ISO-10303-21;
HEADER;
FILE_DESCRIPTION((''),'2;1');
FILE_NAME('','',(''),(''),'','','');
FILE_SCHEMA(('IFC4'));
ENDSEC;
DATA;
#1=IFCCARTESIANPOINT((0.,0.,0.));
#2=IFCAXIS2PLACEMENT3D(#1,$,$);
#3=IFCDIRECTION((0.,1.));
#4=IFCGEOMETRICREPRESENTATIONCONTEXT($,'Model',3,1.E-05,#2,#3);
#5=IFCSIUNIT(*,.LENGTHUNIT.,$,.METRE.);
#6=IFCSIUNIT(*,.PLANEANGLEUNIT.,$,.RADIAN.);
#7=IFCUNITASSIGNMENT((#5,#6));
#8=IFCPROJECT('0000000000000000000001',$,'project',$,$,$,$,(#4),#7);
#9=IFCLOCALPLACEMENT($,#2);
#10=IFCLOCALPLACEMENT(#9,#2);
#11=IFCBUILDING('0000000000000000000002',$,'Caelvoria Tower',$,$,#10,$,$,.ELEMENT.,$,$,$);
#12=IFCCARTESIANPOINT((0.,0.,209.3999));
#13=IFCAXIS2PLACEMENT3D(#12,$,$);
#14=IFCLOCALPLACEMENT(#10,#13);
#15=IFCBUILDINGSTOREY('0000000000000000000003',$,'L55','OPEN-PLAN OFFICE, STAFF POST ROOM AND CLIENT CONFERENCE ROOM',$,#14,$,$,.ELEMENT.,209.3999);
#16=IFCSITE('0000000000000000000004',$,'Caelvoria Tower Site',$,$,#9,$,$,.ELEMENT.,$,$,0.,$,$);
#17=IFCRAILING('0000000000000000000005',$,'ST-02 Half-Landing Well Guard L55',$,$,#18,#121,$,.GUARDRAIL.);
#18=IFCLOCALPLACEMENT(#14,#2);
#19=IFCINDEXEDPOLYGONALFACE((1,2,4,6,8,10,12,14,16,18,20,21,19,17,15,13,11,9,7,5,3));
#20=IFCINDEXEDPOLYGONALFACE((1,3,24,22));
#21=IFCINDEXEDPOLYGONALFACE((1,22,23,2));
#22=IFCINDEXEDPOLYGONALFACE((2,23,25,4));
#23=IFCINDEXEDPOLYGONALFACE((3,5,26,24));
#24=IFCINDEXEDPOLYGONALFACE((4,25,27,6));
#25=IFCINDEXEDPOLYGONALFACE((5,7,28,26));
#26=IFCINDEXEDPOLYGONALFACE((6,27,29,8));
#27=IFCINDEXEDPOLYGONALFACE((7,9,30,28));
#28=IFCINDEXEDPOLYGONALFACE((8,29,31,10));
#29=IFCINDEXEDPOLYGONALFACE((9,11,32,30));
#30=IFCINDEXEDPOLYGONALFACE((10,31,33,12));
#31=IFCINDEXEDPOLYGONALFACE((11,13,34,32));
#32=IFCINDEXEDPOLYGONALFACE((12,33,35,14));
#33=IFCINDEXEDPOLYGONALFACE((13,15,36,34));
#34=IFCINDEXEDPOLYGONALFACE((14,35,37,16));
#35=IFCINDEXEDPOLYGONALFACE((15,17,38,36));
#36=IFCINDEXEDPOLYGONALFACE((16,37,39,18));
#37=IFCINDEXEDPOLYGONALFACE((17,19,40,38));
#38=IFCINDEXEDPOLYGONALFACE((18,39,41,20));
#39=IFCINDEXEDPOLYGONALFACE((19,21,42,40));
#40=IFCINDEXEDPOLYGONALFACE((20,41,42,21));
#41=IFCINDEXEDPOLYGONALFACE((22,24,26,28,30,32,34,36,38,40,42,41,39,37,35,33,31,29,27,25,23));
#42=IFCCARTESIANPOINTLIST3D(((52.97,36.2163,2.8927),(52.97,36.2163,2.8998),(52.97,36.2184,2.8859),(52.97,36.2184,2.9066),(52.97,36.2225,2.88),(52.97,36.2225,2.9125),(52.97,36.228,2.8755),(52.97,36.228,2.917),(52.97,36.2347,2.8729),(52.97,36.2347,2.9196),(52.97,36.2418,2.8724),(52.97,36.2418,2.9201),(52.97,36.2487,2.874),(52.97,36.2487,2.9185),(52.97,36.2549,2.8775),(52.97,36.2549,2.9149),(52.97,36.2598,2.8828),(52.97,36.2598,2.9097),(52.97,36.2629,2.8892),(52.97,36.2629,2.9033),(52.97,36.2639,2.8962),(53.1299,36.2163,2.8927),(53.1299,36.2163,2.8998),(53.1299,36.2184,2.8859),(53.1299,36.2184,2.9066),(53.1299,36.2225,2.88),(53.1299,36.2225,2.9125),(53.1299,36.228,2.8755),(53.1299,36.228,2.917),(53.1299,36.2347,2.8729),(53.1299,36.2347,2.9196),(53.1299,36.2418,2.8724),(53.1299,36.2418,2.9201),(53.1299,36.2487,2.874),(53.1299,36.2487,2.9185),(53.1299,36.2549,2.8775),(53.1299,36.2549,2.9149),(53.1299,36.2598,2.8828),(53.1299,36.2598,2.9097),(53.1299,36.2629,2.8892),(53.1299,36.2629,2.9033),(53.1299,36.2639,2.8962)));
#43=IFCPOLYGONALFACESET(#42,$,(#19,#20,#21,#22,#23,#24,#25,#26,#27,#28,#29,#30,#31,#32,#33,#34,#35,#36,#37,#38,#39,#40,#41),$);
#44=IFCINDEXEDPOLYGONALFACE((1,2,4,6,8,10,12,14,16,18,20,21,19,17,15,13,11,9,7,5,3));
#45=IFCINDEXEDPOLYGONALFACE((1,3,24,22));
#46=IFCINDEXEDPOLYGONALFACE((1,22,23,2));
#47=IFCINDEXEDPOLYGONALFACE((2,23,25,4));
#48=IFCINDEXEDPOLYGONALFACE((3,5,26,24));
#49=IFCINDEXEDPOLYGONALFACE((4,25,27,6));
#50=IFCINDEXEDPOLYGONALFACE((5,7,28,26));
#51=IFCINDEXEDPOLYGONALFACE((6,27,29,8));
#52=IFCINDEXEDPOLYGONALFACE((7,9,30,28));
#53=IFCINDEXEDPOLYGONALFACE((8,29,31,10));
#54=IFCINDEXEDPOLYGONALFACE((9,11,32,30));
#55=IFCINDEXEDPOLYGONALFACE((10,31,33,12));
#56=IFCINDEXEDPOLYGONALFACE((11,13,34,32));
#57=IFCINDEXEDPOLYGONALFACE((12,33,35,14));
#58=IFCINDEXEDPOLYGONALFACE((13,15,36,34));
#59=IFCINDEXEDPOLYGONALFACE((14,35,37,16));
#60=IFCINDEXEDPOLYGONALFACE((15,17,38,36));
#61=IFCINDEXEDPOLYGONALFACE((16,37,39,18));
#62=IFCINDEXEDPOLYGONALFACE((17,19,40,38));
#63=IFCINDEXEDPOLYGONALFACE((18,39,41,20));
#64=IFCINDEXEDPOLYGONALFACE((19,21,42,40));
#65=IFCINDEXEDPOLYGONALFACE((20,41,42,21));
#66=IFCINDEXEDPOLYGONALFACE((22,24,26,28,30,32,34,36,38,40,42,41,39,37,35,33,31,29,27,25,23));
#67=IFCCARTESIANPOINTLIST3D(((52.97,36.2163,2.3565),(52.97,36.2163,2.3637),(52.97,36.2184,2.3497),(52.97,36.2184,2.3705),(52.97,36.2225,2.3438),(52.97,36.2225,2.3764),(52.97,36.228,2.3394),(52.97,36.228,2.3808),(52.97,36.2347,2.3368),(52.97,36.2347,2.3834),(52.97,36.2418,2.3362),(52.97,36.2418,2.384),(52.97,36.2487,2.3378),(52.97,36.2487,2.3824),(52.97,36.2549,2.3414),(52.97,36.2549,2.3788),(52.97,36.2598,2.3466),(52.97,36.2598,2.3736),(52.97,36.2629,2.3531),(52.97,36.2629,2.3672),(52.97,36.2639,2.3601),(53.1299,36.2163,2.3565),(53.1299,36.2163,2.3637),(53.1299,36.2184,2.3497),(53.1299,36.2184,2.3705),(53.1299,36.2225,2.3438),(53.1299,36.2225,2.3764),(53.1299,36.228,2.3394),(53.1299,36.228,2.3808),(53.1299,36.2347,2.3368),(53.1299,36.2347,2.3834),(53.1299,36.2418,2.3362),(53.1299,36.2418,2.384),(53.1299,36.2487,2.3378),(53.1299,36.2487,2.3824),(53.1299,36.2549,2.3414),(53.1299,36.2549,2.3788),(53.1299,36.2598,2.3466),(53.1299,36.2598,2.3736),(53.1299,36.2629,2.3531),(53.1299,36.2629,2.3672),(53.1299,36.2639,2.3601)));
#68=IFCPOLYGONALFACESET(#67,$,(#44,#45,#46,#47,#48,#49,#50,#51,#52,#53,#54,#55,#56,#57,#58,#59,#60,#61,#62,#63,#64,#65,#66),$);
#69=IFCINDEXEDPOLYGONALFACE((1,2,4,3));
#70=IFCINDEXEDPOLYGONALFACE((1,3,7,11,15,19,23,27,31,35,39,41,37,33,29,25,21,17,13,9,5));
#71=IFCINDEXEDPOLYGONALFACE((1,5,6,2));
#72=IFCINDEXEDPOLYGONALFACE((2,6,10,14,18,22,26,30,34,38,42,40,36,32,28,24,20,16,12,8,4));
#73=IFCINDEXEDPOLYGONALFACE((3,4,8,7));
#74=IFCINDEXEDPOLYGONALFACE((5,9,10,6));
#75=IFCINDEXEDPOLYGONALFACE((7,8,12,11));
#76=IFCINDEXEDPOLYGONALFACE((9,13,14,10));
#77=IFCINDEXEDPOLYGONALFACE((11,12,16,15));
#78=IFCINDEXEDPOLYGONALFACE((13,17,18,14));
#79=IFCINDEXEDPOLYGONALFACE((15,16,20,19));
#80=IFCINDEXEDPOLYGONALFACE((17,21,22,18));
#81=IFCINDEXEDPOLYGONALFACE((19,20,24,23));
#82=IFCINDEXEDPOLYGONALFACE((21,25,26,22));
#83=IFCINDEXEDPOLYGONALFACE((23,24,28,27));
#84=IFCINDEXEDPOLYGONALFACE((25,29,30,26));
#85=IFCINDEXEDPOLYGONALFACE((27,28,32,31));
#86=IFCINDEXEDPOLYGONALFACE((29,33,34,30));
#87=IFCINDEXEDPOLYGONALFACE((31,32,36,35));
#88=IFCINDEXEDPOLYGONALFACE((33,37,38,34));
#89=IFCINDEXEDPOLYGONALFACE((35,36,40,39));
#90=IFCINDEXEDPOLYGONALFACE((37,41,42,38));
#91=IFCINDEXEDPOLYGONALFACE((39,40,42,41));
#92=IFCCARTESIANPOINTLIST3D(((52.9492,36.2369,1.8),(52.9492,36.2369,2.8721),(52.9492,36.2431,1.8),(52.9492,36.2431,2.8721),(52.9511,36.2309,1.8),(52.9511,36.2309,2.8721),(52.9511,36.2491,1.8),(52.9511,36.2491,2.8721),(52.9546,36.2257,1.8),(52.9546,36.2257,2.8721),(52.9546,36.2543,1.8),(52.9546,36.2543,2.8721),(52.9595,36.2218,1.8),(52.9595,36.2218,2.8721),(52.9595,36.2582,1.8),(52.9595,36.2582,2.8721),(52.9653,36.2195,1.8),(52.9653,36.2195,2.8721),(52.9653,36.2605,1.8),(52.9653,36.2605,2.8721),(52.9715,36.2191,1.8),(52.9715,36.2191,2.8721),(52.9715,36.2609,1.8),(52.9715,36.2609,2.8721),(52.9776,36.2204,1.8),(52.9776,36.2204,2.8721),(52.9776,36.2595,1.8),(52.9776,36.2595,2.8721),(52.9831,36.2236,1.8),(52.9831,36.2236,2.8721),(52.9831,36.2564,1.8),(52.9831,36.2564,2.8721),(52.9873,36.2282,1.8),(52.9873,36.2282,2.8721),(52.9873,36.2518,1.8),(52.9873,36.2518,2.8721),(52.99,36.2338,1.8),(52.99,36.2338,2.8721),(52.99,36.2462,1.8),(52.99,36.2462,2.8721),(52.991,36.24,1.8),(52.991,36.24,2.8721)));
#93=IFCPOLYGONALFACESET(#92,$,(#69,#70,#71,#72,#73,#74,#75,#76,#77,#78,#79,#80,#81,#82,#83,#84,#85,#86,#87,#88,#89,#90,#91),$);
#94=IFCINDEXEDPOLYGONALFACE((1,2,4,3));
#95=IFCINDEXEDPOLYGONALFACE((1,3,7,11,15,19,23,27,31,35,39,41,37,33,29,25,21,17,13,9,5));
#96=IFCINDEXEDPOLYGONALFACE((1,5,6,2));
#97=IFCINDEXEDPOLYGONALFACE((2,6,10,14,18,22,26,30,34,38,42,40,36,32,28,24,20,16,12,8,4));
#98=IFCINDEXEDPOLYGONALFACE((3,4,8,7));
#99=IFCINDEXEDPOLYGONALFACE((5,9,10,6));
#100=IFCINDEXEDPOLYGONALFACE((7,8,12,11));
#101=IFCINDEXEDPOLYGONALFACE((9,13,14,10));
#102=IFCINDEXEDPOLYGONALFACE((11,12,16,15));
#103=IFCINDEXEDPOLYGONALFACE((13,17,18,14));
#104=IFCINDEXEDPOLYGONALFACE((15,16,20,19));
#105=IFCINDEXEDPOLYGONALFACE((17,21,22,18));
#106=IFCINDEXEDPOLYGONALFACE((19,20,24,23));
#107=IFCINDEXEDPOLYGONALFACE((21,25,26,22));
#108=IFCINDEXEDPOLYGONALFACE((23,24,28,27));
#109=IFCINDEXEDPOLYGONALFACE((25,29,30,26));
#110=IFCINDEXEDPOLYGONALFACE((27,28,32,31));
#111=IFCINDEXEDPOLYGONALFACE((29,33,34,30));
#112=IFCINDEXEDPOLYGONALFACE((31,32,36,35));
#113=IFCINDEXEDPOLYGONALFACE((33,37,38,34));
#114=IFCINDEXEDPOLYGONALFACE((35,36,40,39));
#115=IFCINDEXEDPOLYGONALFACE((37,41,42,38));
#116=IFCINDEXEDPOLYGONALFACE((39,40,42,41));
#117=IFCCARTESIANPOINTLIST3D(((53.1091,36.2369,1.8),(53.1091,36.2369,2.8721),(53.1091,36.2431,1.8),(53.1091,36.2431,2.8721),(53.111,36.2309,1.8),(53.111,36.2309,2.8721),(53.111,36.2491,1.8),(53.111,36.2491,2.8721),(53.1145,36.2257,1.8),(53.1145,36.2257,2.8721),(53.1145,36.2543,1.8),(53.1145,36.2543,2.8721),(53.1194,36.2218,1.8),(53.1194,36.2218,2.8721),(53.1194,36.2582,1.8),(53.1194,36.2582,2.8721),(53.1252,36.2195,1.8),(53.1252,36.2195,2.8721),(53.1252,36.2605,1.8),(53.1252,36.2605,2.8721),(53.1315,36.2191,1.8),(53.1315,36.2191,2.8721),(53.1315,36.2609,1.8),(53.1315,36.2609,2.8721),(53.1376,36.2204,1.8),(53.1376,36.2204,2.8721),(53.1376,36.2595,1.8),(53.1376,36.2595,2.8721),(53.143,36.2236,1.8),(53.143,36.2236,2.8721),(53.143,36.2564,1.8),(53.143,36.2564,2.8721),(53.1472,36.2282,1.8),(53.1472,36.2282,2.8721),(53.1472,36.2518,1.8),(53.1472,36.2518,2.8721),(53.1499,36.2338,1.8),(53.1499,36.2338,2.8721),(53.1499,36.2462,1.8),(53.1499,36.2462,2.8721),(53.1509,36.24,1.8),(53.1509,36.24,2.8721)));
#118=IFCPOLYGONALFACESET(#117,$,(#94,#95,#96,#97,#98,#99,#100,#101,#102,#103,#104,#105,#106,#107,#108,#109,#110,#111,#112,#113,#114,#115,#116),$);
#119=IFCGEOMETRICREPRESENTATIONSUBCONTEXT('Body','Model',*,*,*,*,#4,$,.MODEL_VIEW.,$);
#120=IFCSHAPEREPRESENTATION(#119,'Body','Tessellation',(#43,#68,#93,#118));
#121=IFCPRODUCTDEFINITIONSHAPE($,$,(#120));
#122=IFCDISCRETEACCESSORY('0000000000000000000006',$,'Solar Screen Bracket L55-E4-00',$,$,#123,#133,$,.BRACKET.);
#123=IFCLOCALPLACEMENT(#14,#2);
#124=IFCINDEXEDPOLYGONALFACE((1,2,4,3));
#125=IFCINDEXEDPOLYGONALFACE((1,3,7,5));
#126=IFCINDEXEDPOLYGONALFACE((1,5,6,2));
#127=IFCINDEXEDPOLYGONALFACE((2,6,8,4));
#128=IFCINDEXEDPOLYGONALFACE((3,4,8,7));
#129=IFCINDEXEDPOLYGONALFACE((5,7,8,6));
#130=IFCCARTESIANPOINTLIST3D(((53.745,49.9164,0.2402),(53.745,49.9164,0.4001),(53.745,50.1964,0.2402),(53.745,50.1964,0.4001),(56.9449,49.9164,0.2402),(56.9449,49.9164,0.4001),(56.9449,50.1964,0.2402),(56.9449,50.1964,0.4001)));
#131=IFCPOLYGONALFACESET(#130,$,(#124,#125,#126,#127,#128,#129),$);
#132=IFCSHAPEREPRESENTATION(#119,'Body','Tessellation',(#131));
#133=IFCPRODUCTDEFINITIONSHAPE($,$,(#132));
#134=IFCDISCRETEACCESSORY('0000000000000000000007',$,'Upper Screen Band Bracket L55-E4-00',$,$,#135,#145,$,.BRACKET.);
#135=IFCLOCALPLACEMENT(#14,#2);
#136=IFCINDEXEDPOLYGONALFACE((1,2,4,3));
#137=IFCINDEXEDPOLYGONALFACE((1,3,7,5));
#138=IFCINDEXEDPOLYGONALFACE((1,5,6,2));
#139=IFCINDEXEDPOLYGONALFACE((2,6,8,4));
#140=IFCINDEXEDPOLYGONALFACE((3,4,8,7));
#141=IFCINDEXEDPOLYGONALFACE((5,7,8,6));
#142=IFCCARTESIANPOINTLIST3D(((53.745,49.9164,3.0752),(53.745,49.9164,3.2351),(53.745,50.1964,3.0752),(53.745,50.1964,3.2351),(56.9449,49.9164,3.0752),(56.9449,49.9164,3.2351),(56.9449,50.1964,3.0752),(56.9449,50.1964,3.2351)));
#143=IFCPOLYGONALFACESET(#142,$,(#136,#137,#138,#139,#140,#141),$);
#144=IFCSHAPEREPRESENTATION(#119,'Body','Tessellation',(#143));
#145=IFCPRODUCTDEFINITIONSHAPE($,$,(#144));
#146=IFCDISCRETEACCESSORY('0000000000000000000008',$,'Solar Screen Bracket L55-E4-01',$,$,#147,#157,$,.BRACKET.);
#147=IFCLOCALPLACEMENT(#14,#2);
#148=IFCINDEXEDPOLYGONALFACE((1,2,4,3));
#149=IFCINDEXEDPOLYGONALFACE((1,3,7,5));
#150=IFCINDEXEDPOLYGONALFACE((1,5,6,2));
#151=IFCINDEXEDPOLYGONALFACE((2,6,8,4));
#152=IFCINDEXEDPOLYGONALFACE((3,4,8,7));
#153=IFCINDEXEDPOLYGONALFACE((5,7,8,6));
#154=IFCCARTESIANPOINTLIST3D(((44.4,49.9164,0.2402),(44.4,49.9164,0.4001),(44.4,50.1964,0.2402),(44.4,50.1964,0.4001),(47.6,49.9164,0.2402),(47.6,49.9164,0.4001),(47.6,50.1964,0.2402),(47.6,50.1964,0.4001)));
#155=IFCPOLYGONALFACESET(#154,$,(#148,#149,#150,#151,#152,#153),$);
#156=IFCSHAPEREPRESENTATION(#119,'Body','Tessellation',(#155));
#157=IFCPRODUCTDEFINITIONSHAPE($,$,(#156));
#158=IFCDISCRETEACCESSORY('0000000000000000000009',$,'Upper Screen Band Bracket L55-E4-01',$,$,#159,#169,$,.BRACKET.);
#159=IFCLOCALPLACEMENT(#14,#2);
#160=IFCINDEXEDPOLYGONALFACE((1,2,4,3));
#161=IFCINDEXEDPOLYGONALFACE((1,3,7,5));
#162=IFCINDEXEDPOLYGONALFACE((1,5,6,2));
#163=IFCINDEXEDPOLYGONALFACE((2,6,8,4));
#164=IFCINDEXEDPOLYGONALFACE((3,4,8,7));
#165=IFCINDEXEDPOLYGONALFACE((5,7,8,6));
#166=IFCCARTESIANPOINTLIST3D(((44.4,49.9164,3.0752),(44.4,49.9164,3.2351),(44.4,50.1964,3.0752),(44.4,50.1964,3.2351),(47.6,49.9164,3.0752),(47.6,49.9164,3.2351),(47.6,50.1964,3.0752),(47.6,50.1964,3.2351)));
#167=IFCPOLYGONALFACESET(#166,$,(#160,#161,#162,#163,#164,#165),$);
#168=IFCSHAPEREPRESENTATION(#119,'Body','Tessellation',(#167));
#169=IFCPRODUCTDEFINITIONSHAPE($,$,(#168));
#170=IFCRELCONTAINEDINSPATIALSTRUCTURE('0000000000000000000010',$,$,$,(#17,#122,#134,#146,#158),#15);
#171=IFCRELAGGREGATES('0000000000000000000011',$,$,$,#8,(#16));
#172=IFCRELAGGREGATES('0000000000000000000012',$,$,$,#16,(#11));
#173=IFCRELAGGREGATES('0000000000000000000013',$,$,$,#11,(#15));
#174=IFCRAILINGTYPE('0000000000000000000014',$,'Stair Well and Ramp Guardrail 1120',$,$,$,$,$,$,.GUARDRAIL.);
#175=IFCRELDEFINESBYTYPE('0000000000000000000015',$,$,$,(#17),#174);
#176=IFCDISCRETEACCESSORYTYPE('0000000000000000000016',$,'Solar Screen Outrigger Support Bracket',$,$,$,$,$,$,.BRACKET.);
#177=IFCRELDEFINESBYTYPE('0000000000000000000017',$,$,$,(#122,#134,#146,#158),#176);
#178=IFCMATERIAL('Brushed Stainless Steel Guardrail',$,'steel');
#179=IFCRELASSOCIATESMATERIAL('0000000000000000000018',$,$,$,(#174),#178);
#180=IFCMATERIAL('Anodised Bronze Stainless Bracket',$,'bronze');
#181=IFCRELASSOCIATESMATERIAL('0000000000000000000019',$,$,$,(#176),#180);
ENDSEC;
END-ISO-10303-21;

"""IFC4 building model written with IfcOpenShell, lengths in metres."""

from ifc_helpers import new_model, si_unit, direction, frame, origin, origin_2d, place, context, subcontext, project, spatial, rectangle, circle, extrude, material, type_object, element, save


model = new_model("IFC4")

# Units and contexts
model_context = context("Model", 3, precision=1e-05, world=origin(), true_north=direction((0.0, 1.0)))
body_context = subcontext(model_context, "Body", "Model", "MODEL_VIEW")
ifc_project = project(units=[si_unit("LENGTHUNIT", "METRE"), si_unit("PLANEANGLEUNIT", "RADIAN")], contexts=[model_context])

# Site, building, storey
site_placement = place(None, origin())
site = spatial("IfcSite", under=ifc_project, at=site_placement, Name="Caelvoria Tower Site", CompositionType="ELEMENT", RefElevation=0.0)
building_placement = place(site_placement, origin())
building = spatial("IfcBuilding", under=site, at=building_placement, Name="Caelvoria Tower", CompositionType="ELEMENT")
storey_placement = place(building_placement, frame((0.0, 0.0, 209.3999)))
storey = spatial("IfcBuildingStorey", under=building, at=storey_placement, Name="L55", Description="OPEN-PLAN OFFICE, STAFF POST ROOM AND CLIENT CONFERENCE ROOM", CompositionType="ELEMENT", Elevation=209.3999)

# Railing
ifc_material_1 = material(Name="Brushed Stainless Steel Guardrail", Category="steel")
railing_type_1 = type_object("IfcRailingType", Name="Stair Well and Ramp Guardrail 1120", PredefinedType="GUARDRAIL", material=ifc_material_1)
railing_1_placement = place(storey_placement, frame((52.97, 36.24, 1.8)))
element("IfcRailing", 1, at=railing_1_placement, inside=storey, type_object=railing_type_1, Name="ST-02 Half-Landing Well Guard L55", PredefinedType="GUARDRAIL", context=body_context, shape_type="SweptSolid", body=[
    extrude(circle(Radius=0.0239, at=origin_2d()), frame((0.0, 0.0, 1.0962), z_axis=(1.0, 0.0, 0.0), x_axis=(0.0, 1.0, 0.0)), (0.0, 0.0, 1.0), 0.1599),
    extrude(circle(Radius=0.0239, at=origin_2d()), frame((0.0, 0.0, 0.5601), z_axis=(1.0, 0.0, 0.0), x_axis=(0.0, 1.0, 0.0)), (0.0, 0.0, 1.0), 0.1599),
    extrude(circle(Radius=0.021, at=origin_2d()), origin(), (0.0, 0.0, 1.0), 1.072),
    extrude(circle(Radius=0.021, at=origin_2d()), frame((0.1599, 0.0, 0.0)), (0.0, 0.0, 1.0), 1.072),
])

# Discrete accessories
ifc_material_2 = material(Name="Anodised Bronze Stainless Bracket", Category="bronze")
discrete_accessory_type = type_object("IfcDiscreteAccessoryType", Name="Solar Screen Outrigger Support Bracket", PredefinedType="BRACKET", material=ifc_material_2)
for number, where, z_axis, x_axis, name in (
    (2, (55.345, 50.0564, 0.2402), (0.0, 0.0, 1.0), (-1.0, 0.0, 0.0), "Solar Screen Bracket L55-E4-00"),
    (3, (55.345, 50.0564, 3.0752), (0.0, 0.0, 1.0), (-1.0, 0.0, 0.0), "Upper Screen Band Bracket L55-E4-00"),
    (4, (46.0, 50.0564, 0.2402), (0.0, 0.0, 1.0), (-1.0, 0.0, 0.0), "Solar Screen Bracket L55-E4-01"),
    (5, (46.0, 50.0564, 3.0752), (0.0, 0.0, 1.0), (-1.0, 0.0, 0.0), "Upper Screen Band Bracket L55-E4-01"),
):
    element("IfcDiscreteAccessory", number, at=place(storey_placement, frame(where, z_axis=z_axis, x_axis=x_axis)), inside=storey, type_object=discrete_accessory_type, Name=name, PredefinedType="BRACKET", context=body_context, shape_type="SweptSolid", body=[
        extrude(rectangle(XDim=3.2, YDim=0.28, at=origin_2d()), origin(), (0.0, 0.0, 1.0), 0.1599),
    ])

save(model, "model.ifc")
